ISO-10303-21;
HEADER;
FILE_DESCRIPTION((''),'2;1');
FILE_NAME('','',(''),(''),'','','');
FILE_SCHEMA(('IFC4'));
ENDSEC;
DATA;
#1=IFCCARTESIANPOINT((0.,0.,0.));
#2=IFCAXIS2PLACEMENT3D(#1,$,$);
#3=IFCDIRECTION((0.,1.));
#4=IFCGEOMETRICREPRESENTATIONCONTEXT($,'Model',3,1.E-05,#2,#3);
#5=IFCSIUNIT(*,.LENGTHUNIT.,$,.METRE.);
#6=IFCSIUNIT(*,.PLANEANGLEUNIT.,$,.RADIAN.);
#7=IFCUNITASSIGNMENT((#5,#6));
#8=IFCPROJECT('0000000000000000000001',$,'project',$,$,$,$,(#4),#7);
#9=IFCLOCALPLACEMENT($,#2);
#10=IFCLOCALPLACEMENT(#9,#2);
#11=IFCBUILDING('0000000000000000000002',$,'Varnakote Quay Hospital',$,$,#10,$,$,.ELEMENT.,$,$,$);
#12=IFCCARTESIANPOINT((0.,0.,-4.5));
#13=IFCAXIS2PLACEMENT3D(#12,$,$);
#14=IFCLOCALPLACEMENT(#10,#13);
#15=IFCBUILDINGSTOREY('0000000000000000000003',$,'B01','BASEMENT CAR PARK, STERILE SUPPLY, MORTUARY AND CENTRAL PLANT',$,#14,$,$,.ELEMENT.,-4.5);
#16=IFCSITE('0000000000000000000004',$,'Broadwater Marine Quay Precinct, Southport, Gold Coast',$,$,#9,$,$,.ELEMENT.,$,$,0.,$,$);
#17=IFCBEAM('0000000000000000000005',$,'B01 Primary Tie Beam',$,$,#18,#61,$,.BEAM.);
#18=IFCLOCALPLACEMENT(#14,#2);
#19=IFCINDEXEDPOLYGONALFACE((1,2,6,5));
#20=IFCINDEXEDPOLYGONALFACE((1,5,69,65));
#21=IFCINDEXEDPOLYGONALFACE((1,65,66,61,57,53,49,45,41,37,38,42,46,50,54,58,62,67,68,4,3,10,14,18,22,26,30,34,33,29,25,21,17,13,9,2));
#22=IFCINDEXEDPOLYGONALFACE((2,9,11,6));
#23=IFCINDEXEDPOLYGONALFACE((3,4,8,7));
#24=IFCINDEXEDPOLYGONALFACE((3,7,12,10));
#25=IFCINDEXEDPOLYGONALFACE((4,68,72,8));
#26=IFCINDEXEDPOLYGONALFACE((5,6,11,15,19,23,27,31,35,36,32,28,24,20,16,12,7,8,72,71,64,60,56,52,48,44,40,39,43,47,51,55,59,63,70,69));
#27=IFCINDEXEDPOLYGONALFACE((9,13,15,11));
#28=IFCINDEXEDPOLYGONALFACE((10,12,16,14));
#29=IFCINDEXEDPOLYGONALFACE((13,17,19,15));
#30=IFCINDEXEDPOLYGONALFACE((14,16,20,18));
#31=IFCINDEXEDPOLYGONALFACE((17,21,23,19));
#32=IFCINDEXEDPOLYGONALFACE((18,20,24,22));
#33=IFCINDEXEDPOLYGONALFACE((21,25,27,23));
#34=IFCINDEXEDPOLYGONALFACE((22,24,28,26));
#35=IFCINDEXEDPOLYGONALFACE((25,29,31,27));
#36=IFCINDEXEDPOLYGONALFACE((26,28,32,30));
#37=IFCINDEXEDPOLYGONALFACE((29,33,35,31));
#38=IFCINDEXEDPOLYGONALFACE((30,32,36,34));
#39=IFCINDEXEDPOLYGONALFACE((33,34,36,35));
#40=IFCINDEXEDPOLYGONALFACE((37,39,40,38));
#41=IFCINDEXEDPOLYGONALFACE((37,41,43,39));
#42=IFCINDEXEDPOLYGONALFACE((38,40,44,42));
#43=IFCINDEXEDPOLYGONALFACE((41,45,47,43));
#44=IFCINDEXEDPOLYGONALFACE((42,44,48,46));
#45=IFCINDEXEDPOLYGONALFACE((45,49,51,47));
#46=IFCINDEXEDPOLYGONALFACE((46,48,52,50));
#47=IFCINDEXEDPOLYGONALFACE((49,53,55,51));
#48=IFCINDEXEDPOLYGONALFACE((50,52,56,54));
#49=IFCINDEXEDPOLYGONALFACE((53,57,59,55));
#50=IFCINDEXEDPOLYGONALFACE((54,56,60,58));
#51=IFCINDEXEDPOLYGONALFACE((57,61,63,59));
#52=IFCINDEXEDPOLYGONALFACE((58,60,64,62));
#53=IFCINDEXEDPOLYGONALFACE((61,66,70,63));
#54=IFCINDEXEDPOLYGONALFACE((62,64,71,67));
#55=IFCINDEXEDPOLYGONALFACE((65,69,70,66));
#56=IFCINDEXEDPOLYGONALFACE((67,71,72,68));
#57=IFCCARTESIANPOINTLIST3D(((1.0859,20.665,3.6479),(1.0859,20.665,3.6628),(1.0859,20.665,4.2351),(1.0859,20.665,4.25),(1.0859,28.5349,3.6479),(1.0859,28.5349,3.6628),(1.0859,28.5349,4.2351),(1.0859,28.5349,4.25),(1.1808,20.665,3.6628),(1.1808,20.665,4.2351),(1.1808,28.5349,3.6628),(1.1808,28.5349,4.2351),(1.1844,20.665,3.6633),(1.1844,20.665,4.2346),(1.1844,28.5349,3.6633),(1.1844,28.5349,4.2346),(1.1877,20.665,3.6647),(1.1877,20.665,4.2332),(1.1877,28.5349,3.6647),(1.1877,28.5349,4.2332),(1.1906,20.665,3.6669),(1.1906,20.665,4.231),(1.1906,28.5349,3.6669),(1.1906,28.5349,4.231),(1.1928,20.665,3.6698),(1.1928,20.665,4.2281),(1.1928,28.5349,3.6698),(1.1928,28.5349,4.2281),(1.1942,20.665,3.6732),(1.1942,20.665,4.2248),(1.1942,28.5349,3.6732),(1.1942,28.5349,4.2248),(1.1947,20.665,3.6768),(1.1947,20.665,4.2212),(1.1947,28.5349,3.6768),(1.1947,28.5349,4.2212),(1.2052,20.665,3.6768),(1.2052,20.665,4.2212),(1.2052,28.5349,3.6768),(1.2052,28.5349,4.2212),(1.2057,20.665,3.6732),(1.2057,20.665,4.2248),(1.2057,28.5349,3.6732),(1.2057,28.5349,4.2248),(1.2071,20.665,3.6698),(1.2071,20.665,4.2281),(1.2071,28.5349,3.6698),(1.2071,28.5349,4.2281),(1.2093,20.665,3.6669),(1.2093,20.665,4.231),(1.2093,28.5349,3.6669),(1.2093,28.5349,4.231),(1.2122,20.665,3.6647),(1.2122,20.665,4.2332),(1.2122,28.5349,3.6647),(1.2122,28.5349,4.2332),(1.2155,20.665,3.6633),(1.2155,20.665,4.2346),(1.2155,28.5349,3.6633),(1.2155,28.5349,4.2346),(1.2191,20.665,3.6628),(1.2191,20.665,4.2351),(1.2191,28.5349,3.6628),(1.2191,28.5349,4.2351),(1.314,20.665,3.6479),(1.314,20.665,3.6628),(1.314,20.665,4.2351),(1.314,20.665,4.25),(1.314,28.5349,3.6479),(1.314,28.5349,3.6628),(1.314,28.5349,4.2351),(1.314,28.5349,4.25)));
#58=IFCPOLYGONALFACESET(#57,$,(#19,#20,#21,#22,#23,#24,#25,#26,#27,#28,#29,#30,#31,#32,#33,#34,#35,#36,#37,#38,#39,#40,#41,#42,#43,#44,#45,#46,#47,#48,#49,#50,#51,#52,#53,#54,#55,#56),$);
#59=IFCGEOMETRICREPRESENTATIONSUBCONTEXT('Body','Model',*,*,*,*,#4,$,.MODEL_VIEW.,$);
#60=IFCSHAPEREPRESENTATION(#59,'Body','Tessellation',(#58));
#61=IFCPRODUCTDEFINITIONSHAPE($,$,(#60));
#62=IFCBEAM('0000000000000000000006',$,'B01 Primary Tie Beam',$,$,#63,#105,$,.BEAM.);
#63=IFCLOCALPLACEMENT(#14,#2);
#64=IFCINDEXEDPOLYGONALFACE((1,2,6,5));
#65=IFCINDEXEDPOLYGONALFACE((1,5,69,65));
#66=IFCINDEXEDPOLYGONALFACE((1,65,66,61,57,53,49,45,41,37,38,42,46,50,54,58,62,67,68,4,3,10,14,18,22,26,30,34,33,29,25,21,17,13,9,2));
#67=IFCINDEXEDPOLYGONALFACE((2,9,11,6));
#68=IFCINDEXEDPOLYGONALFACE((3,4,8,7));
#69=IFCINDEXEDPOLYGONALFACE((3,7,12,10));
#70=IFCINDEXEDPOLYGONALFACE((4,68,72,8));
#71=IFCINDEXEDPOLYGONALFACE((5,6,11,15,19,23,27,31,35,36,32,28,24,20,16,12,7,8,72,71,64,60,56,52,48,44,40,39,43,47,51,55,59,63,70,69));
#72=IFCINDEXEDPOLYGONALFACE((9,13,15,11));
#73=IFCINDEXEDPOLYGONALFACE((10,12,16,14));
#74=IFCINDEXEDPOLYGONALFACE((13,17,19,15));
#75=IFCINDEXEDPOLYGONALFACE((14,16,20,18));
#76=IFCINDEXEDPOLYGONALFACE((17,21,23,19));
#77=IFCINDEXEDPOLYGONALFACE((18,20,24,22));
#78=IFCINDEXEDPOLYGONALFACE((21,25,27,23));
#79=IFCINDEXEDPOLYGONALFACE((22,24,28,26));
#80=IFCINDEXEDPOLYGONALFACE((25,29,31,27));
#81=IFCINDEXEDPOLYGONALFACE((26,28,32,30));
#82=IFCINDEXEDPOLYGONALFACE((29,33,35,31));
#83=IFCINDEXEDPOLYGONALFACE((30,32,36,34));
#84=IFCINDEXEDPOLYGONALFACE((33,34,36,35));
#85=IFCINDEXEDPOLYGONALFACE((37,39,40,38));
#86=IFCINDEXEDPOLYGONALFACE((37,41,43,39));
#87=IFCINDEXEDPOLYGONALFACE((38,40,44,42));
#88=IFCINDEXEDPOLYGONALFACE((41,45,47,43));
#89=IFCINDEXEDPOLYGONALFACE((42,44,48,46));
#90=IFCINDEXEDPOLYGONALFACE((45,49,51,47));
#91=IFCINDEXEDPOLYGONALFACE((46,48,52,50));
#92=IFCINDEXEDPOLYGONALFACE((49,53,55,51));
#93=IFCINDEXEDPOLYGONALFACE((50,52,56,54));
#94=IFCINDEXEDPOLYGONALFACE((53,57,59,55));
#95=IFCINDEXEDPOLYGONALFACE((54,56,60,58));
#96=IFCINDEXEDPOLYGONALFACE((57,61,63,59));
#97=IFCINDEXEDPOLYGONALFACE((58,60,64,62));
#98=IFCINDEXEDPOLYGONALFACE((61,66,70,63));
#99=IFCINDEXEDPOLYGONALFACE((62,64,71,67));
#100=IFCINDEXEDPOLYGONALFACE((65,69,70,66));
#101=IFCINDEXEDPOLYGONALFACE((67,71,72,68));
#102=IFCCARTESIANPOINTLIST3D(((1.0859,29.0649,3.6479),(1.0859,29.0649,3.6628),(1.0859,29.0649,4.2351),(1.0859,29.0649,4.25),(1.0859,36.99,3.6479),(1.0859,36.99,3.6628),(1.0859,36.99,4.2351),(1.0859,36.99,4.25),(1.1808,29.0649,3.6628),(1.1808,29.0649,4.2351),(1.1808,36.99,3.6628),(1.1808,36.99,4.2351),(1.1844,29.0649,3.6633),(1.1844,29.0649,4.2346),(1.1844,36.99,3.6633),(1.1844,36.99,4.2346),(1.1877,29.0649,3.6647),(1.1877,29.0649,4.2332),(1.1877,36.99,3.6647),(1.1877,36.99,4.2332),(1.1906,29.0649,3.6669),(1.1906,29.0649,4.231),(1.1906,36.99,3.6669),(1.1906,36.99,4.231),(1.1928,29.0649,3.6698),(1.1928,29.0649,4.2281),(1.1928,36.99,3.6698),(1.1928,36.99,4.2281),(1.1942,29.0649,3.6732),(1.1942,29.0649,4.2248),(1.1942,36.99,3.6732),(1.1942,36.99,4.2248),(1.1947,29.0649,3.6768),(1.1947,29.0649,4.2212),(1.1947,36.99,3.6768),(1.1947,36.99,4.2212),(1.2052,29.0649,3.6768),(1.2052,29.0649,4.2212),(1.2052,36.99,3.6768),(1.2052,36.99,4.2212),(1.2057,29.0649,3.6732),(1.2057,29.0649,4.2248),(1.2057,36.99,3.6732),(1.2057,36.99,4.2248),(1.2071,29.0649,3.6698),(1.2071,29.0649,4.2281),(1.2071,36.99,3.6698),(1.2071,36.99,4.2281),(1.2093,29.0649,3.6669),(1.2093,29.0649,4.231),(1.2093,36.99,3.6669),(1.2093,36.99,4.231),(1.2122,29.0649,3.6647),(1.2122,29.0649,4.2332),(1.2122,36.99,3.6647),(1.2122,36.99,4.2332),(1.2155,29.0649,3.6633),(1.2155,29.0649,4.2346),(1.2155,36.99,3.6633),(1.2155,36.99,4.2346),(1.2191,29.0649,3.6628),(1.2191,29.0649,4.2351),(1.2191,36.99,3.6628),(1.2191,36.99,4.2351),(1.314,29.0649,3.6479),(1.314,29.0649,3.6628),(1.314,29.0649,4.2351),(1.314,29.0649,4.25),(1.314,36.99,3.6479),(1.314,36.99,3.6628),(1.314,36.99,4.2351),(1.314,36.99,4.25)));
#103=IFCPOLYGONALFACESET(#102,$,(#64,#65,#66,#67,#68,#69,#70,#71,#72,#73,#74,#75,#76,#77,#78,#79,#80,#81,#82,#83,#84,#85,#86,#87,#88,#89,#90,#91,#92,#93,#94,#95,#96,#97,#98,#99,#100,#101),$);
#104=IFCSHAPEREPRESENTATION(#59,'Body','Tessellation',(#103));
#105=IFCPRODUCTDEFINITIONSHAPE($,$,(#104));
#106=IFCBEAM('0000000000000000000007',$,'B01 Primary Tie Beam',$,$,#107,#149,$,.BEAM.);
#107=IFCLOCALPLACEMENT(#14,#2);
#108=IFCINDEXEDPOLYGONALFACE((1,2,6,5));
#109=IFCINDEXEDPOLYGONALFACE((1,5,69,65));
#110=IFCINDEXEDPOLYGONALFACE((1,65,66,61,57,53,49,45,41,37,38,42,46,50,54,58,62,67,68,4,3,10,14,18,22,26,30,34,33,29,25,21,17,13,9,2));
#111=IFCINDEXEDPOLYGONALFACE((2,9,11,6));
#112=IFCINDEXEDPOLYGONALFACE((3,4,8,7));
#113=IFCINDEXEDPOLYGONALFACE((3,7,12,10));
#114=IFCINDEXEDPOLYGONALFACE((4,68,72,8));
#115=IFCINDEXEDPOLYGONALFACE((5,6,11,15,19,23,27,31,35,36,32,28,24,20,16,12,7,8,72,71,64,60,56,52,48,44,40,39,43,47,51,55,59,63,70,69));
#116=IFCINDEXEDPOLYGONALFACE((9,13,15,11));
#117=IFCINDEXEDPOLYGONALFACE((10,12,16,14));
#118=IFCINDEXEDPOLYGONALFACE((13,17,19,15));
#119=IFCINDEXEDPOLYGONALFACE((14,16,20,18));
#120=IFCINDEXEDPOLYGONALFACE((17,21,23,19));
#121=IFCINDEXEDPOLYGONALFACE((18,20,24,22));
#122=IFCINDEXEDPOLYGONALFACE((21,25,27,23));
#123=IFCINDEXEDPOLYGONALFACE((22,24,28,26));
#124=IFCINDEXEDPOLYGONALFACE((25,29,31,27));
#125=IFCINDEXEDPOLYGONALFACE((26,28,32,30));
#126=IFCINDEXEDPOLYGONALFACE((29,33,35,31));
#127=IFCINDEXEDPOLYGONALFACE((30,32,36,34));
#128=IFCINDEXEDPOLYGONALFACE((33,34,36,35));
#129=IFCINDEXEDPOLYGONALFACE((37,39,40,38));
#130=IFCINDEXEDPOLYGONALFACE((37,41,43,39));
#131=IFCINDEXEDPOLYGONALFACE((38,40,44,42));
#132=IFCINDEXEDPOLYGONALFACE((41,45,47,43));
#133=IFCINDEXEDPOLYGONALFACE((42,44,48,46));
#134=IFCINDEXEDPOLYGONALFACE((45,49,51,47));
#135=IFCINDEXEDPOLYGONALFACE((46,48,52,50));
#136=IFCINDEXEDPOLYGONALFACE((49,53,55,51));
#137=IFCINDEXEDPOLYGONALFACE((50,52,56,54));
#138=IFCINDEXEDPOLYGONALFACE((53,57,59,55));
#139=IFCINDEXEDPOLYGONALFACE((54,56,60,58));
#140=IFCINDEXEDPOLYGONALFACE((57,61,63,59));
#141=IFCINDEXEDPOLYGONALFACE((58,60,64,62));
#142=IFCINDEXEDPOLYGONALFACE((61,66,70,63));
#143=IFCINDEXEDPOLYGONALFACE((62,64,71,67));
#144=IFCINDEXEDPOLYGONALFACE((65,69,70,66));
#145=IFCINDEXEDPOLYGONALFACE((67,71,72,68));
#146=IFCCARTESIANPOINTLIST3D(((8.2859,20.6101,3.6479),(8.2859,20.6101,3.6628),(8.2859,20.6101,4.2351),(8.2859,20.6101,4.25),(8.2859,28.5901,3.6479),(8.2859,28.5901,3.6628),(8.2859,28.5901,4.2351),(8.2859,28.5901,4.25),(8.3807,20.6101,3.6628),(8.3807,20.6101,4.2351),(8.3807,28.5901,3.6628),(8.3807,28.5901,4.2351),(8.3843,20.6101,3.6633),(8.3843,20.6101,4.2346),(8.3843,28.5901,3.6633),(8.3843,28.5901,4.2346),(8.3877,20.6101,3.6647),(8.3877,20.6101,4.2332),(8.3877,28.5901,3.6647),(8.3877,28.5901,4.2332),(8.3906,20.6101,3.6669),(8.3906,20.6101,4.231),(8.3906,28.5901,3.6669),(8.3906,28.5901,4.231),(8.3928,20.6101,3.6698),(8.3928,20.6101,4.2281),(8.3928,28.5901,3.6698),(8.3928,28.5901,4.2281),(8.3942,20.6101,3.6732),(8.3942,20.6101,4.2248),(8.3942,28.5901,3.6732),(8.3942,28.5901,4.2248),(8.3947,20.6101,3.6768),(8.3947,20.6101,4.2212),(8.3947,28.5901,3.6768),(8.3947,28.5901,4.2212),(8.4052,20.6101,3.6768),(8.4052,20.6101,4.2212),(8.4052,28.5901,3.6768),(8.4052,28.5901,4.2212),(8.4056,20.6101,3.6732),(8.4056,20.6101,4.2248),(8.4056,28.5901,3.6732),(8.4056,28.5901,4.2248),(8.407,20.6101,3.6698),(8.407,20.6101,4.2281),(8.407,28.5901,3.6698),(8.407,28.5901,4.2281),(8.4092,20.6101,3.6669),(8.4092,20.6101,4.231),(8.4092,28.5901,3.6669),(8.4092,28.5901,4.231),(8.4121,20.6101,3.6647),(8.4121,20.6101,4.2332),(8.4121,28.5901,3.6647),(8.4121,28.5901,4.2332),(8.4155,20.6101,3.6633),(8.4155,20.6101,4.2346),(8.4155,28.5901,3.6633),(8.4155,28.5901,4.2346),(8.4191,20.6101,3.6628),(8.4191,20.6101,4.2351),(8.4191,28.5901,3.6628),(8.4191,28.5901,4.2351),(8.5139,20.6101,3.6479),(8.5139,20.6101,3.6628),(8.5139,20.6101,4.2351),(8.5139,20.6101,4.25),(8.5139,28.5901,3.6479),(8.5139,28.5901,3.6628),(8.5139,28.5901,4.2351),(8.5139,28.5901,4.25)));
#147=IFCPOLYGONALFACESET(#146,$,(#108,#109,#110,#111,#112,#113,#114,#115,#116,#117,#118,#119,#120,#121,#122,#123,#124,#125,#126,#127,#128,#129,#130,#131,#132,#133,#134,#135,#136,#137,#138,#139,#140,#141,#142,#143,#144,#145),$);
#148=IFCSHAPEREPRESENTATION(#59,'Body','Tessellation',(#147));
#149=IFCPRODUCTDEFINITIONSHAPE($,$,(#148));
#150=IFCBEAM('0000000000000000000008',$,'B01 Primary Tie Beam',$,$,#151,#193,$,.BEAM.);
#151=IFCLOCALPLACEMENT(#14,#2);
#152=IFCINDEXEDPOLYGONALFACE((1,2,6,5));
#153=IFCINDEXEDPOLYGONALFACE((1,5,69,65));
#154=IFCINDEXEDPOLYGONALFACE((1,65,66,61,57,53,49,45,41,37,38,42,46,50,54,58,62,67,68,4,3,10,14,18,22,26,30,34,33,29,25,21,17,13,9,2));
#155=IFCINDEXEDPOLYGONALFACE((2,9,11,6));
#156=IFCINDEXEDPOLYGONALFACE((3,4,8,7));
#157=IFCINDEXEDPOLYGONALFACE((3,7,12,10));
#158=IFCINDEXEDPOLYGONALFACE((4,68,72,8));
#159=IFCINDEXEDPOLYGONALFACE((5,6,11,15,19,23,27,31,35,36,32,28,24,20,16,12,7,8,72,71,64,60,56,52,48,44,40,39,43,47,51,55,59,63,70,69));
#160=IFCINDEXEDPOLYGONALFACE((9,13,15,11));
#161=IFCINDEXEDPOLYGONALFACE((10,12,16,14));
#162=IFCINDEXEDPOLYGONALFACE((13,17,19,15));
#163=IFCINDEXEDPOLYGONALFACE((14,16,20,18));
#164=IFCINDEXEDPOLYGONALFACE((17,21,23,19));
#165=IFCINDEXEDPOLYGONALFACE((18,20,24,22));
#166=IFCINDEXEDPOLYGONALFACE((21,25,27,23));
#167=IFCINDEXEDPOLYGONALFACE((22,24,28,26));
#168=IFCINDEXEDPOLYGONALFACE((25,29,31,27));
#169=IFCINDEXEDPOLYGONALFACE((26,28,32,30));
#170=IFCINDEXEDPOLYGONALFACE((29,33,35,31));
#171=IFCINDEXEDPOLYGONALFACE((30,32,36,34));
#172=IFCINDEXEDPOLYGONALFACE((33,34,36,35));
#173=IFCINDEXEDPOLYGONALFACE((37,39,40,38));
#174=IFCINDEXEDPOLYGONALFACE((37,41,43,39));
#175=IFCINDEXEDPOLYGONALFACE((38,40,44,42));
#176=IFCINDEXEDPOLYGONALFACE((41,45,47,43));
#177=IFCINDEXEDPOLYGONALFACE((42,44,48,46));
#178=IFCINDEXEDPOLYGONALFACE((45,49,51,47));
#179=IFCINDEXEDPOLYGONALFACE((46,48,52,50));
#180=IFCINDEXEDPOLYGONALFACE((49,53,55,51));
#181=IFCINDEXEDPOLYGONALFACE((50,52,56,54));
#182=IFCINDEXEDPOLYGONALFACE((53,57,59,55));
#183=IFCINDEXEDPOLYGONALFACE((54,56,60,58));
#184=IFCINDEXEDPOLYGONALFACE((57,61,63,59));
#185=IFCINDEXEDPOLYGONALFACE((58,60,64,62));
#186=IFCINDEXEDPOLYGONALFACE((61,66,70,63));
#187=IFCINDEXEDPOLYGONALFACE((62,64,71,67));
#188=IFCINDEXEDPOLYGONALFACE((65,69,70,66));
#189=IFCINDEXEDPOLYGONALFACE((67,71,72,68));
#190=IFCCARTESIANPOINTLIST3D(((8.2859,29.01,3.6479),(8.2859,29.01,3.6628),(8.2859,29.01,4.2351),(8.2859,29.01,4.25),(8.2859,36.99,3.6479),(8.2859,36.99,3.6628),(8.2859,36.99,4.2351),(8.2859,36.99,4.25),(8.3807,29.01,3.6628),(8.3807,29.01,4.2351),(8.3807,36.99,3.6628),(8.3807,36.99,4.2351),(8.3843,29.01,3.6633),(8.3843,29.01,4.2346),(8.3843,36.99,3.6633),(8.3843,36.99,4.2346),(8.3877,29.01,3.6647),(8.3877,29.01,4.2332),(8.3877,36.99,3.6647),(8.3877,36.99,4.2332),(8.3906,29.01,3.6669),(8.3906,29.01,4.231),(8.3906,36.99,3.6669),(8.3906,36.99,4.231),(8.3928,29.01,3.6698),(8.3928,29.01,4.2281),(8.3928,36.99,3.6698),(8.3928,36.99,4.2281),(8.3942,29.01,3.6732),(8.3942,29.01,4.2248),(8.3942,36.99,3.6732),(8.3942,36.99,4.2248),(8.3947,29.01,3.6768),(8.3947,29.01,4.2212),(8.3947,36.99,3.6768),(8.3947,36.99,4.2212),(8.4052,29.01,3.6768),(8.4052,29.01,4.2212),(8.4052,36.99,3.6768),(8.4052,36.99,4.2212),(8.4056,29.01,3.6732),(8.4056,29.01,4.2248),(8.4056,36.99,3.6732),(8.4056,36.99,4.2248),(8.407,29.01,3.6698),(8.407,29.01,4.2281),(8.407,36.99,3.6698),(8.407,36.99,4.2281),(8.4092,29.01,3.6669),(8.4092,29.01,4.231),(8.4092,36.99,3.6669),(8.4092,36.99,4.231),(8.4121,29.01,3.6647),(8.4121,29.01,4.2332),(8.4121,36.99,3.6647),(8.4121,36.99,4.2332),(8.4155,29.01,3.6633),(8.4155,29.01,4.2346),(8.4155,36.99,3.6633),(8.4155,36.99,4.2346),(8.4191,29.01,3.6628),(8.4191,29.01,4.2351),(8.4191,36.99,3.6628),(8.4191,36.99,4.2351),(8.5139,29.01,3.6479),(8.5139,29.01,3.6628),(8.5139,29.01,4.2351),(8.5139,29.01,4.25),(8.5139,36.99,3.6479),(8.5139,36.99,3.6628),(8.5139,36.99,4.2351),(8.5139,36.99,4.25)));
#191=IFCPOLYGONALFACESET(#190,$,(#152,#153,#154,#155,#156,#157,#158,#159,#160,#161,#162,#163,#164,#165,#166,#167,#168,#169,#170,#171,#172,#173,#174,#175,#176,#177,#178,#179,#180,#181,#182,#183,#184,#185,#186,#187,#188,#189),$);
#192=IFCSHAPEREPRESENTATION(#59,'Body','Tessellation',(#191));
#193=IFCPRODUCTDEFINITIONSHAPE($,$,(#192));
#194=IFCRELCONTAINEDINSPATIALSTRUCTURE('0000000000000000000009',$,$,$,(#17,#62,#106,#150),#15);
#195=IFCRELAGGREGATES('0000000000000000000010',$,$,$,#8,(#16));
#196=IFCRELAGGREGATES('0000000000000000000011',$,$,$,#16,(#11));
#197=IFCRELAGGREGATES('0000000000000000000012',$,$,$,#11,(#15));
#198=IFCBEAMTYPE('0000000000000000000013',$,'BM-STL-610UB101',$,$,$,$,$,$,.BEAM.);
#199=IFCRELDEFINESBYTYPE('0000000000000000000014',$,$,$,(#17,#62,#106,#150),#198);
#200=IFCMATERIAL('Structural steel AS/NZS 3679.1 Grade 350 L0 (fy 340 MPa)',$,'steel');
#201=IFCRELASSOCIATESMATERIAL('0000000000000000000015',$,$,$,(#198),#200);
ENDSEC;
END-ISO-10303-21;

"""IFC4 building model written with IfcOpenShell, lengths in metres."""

from ifc_helpers import new_model, si_unit, direction, frame, origin, origin_2d, place, context, subcontext, project, spatial, i_section, extrude, material, material_profile, profile_set, type_object, element, save


model = new_model("IFC4")

# Units and contexts
model_context = context("Model", 3, precision=1e-05, world=origin(), true_north=direction((0.0, 1.0)))
body_context = subcontext(model_context, "Body", "Model", "MODEL_VIEW")
ifc_project = project(units=[si_unit("LENGTHUNIT", "METRE"), si_unit("PLANEANGLEUNIT", "RADIAN")], contexts=[model_context])

# Site, building, storey
site_placement = place(None, origin())
site = spatial("IfcSite", under=ifc_project, at=site_placement, Name="Broadwater Marine Quay Precinct, Southport, Gold Coast", CompositionType="ELEMENT", RefElevation=0.0)
building_placement = place(site_placement, origin())
building = spatial("IfcBuilding", under=site, at=building_placement, Name="Varnakote Quay Hospital", CompositionType="ELEMENT")
storey_placement = place(building_placement, frame((0.0, 0.0, -4.5)))
storey = spatial("IfcBuildingStorey", under=building, at=storey_placement, Name="B01", Description="BASEMENT CAR PARK, STERILE SUPPLY, MORTUARY AND CENTRAL PLANT", CompositionType="ELEMENT", Elevation=-4.5)

# Beams
ifc_material_1 = material(Name="Structural steel AS/NZS 3679.1 Grade 350 L0 (fy 340 MPa)", Category="steel")
ifc_material_profile_1 = material_profile(ifc_material_1, i_section(OverallWidth=0.228, OverallDepth=0.6021, WebThickness=0.0105, FlangeThickness=0.0149, FilletRadius=0.0139, at=origin_2d()), Name="610UB101")
ifc_profile_set_1 = profile_set([ifc_material_profile_1], Name="Structural steel AS/NZS 3679.1 Grade 350 L0 (fy 340 MPa)")
beam_type_1 = type_object("IfcBeamType", Name="BM-STL-610UB101", PredefinedType="BEAM", material=ifc_profile_set_1)
beam_1_placement = place(storey_placement, frame((1.2, 20.665, 3.949), z_axis=(0.0, 1.0, 0.0), x_axis=(-1.0, 0.0, 0.0)))
element("IfcBeam", 1, at=beam_1_placement, inside=storey, type_object=beam_type_1, Name="B01 Primary Tie Beam", PredefinedType="BEAM", context=body_context, shape_type="SweptSolid", body=[
    extrude(i_section(OverallWidth=0.228, OverallDepth=0.6021, WebThickness=0.0105, FlangeThickness=0.0149, FilletRadius=0.0139, at=origin_2d()), origin(), (0.0, 0.0, 1.0), 7.8699),
])
beam_2_placement = place(storey_placement, frame((1.2, 29.0649, 3.949), z_axis=(0.0, 1.0, 0.0), x_axis=(-1.0, 0.0, 0.0)))
element("IfcBeam", 2, at=beam_2_placement, inside=storey, type_object=beam_type_1, Name="B01 Primary Tie Beam", PredefinedType="BEAM", context=body_context, shape_type="SweptSolid", body=[
    extrude(i_section(OverallWidth=0.228, OverallDepth=0.6021, WebThickness=0.0105, FlangeThickness=0.0149, FilletRadius=0.0139, at=origin_2d()), origin(), (0.0, 0.0, 1.0), 7.925),
])
for number, where, z_axis, x_axis, name in (
    (3, (8.3999, 20.6101, 3.949), (0.0, 1.0, 0.0), (-1.0, 0.0, 0.0), "B01 Primary Tie Beam"),
    (4, (8.3999, 29.01, 3.949), (0.0, 1.0, 0.0), (-1.0, 0.0, 0.0), "B01 Primary Tie Beam"),
):
    element("IfcBeam", number, at=place(storey_placement, frame(where, z_axis=z_axis, x_axis=x_axis)), inside=storey, type_object=beam_type_1, Name=name, PredefinedType="BEAM", context=body_context, shape_type="SweptSolid", body=[
        extrude(i_section(OverallWidth=0.228, OverallDepth=0.6021, WebThickness=0.0105, FlangeThickness=0.0149, FilletRadius=0.0139, at=origin_2d()), origin(), (0.0, 0.0, 1.0), 7.98),
    ])

save(model, "model.ifc")
